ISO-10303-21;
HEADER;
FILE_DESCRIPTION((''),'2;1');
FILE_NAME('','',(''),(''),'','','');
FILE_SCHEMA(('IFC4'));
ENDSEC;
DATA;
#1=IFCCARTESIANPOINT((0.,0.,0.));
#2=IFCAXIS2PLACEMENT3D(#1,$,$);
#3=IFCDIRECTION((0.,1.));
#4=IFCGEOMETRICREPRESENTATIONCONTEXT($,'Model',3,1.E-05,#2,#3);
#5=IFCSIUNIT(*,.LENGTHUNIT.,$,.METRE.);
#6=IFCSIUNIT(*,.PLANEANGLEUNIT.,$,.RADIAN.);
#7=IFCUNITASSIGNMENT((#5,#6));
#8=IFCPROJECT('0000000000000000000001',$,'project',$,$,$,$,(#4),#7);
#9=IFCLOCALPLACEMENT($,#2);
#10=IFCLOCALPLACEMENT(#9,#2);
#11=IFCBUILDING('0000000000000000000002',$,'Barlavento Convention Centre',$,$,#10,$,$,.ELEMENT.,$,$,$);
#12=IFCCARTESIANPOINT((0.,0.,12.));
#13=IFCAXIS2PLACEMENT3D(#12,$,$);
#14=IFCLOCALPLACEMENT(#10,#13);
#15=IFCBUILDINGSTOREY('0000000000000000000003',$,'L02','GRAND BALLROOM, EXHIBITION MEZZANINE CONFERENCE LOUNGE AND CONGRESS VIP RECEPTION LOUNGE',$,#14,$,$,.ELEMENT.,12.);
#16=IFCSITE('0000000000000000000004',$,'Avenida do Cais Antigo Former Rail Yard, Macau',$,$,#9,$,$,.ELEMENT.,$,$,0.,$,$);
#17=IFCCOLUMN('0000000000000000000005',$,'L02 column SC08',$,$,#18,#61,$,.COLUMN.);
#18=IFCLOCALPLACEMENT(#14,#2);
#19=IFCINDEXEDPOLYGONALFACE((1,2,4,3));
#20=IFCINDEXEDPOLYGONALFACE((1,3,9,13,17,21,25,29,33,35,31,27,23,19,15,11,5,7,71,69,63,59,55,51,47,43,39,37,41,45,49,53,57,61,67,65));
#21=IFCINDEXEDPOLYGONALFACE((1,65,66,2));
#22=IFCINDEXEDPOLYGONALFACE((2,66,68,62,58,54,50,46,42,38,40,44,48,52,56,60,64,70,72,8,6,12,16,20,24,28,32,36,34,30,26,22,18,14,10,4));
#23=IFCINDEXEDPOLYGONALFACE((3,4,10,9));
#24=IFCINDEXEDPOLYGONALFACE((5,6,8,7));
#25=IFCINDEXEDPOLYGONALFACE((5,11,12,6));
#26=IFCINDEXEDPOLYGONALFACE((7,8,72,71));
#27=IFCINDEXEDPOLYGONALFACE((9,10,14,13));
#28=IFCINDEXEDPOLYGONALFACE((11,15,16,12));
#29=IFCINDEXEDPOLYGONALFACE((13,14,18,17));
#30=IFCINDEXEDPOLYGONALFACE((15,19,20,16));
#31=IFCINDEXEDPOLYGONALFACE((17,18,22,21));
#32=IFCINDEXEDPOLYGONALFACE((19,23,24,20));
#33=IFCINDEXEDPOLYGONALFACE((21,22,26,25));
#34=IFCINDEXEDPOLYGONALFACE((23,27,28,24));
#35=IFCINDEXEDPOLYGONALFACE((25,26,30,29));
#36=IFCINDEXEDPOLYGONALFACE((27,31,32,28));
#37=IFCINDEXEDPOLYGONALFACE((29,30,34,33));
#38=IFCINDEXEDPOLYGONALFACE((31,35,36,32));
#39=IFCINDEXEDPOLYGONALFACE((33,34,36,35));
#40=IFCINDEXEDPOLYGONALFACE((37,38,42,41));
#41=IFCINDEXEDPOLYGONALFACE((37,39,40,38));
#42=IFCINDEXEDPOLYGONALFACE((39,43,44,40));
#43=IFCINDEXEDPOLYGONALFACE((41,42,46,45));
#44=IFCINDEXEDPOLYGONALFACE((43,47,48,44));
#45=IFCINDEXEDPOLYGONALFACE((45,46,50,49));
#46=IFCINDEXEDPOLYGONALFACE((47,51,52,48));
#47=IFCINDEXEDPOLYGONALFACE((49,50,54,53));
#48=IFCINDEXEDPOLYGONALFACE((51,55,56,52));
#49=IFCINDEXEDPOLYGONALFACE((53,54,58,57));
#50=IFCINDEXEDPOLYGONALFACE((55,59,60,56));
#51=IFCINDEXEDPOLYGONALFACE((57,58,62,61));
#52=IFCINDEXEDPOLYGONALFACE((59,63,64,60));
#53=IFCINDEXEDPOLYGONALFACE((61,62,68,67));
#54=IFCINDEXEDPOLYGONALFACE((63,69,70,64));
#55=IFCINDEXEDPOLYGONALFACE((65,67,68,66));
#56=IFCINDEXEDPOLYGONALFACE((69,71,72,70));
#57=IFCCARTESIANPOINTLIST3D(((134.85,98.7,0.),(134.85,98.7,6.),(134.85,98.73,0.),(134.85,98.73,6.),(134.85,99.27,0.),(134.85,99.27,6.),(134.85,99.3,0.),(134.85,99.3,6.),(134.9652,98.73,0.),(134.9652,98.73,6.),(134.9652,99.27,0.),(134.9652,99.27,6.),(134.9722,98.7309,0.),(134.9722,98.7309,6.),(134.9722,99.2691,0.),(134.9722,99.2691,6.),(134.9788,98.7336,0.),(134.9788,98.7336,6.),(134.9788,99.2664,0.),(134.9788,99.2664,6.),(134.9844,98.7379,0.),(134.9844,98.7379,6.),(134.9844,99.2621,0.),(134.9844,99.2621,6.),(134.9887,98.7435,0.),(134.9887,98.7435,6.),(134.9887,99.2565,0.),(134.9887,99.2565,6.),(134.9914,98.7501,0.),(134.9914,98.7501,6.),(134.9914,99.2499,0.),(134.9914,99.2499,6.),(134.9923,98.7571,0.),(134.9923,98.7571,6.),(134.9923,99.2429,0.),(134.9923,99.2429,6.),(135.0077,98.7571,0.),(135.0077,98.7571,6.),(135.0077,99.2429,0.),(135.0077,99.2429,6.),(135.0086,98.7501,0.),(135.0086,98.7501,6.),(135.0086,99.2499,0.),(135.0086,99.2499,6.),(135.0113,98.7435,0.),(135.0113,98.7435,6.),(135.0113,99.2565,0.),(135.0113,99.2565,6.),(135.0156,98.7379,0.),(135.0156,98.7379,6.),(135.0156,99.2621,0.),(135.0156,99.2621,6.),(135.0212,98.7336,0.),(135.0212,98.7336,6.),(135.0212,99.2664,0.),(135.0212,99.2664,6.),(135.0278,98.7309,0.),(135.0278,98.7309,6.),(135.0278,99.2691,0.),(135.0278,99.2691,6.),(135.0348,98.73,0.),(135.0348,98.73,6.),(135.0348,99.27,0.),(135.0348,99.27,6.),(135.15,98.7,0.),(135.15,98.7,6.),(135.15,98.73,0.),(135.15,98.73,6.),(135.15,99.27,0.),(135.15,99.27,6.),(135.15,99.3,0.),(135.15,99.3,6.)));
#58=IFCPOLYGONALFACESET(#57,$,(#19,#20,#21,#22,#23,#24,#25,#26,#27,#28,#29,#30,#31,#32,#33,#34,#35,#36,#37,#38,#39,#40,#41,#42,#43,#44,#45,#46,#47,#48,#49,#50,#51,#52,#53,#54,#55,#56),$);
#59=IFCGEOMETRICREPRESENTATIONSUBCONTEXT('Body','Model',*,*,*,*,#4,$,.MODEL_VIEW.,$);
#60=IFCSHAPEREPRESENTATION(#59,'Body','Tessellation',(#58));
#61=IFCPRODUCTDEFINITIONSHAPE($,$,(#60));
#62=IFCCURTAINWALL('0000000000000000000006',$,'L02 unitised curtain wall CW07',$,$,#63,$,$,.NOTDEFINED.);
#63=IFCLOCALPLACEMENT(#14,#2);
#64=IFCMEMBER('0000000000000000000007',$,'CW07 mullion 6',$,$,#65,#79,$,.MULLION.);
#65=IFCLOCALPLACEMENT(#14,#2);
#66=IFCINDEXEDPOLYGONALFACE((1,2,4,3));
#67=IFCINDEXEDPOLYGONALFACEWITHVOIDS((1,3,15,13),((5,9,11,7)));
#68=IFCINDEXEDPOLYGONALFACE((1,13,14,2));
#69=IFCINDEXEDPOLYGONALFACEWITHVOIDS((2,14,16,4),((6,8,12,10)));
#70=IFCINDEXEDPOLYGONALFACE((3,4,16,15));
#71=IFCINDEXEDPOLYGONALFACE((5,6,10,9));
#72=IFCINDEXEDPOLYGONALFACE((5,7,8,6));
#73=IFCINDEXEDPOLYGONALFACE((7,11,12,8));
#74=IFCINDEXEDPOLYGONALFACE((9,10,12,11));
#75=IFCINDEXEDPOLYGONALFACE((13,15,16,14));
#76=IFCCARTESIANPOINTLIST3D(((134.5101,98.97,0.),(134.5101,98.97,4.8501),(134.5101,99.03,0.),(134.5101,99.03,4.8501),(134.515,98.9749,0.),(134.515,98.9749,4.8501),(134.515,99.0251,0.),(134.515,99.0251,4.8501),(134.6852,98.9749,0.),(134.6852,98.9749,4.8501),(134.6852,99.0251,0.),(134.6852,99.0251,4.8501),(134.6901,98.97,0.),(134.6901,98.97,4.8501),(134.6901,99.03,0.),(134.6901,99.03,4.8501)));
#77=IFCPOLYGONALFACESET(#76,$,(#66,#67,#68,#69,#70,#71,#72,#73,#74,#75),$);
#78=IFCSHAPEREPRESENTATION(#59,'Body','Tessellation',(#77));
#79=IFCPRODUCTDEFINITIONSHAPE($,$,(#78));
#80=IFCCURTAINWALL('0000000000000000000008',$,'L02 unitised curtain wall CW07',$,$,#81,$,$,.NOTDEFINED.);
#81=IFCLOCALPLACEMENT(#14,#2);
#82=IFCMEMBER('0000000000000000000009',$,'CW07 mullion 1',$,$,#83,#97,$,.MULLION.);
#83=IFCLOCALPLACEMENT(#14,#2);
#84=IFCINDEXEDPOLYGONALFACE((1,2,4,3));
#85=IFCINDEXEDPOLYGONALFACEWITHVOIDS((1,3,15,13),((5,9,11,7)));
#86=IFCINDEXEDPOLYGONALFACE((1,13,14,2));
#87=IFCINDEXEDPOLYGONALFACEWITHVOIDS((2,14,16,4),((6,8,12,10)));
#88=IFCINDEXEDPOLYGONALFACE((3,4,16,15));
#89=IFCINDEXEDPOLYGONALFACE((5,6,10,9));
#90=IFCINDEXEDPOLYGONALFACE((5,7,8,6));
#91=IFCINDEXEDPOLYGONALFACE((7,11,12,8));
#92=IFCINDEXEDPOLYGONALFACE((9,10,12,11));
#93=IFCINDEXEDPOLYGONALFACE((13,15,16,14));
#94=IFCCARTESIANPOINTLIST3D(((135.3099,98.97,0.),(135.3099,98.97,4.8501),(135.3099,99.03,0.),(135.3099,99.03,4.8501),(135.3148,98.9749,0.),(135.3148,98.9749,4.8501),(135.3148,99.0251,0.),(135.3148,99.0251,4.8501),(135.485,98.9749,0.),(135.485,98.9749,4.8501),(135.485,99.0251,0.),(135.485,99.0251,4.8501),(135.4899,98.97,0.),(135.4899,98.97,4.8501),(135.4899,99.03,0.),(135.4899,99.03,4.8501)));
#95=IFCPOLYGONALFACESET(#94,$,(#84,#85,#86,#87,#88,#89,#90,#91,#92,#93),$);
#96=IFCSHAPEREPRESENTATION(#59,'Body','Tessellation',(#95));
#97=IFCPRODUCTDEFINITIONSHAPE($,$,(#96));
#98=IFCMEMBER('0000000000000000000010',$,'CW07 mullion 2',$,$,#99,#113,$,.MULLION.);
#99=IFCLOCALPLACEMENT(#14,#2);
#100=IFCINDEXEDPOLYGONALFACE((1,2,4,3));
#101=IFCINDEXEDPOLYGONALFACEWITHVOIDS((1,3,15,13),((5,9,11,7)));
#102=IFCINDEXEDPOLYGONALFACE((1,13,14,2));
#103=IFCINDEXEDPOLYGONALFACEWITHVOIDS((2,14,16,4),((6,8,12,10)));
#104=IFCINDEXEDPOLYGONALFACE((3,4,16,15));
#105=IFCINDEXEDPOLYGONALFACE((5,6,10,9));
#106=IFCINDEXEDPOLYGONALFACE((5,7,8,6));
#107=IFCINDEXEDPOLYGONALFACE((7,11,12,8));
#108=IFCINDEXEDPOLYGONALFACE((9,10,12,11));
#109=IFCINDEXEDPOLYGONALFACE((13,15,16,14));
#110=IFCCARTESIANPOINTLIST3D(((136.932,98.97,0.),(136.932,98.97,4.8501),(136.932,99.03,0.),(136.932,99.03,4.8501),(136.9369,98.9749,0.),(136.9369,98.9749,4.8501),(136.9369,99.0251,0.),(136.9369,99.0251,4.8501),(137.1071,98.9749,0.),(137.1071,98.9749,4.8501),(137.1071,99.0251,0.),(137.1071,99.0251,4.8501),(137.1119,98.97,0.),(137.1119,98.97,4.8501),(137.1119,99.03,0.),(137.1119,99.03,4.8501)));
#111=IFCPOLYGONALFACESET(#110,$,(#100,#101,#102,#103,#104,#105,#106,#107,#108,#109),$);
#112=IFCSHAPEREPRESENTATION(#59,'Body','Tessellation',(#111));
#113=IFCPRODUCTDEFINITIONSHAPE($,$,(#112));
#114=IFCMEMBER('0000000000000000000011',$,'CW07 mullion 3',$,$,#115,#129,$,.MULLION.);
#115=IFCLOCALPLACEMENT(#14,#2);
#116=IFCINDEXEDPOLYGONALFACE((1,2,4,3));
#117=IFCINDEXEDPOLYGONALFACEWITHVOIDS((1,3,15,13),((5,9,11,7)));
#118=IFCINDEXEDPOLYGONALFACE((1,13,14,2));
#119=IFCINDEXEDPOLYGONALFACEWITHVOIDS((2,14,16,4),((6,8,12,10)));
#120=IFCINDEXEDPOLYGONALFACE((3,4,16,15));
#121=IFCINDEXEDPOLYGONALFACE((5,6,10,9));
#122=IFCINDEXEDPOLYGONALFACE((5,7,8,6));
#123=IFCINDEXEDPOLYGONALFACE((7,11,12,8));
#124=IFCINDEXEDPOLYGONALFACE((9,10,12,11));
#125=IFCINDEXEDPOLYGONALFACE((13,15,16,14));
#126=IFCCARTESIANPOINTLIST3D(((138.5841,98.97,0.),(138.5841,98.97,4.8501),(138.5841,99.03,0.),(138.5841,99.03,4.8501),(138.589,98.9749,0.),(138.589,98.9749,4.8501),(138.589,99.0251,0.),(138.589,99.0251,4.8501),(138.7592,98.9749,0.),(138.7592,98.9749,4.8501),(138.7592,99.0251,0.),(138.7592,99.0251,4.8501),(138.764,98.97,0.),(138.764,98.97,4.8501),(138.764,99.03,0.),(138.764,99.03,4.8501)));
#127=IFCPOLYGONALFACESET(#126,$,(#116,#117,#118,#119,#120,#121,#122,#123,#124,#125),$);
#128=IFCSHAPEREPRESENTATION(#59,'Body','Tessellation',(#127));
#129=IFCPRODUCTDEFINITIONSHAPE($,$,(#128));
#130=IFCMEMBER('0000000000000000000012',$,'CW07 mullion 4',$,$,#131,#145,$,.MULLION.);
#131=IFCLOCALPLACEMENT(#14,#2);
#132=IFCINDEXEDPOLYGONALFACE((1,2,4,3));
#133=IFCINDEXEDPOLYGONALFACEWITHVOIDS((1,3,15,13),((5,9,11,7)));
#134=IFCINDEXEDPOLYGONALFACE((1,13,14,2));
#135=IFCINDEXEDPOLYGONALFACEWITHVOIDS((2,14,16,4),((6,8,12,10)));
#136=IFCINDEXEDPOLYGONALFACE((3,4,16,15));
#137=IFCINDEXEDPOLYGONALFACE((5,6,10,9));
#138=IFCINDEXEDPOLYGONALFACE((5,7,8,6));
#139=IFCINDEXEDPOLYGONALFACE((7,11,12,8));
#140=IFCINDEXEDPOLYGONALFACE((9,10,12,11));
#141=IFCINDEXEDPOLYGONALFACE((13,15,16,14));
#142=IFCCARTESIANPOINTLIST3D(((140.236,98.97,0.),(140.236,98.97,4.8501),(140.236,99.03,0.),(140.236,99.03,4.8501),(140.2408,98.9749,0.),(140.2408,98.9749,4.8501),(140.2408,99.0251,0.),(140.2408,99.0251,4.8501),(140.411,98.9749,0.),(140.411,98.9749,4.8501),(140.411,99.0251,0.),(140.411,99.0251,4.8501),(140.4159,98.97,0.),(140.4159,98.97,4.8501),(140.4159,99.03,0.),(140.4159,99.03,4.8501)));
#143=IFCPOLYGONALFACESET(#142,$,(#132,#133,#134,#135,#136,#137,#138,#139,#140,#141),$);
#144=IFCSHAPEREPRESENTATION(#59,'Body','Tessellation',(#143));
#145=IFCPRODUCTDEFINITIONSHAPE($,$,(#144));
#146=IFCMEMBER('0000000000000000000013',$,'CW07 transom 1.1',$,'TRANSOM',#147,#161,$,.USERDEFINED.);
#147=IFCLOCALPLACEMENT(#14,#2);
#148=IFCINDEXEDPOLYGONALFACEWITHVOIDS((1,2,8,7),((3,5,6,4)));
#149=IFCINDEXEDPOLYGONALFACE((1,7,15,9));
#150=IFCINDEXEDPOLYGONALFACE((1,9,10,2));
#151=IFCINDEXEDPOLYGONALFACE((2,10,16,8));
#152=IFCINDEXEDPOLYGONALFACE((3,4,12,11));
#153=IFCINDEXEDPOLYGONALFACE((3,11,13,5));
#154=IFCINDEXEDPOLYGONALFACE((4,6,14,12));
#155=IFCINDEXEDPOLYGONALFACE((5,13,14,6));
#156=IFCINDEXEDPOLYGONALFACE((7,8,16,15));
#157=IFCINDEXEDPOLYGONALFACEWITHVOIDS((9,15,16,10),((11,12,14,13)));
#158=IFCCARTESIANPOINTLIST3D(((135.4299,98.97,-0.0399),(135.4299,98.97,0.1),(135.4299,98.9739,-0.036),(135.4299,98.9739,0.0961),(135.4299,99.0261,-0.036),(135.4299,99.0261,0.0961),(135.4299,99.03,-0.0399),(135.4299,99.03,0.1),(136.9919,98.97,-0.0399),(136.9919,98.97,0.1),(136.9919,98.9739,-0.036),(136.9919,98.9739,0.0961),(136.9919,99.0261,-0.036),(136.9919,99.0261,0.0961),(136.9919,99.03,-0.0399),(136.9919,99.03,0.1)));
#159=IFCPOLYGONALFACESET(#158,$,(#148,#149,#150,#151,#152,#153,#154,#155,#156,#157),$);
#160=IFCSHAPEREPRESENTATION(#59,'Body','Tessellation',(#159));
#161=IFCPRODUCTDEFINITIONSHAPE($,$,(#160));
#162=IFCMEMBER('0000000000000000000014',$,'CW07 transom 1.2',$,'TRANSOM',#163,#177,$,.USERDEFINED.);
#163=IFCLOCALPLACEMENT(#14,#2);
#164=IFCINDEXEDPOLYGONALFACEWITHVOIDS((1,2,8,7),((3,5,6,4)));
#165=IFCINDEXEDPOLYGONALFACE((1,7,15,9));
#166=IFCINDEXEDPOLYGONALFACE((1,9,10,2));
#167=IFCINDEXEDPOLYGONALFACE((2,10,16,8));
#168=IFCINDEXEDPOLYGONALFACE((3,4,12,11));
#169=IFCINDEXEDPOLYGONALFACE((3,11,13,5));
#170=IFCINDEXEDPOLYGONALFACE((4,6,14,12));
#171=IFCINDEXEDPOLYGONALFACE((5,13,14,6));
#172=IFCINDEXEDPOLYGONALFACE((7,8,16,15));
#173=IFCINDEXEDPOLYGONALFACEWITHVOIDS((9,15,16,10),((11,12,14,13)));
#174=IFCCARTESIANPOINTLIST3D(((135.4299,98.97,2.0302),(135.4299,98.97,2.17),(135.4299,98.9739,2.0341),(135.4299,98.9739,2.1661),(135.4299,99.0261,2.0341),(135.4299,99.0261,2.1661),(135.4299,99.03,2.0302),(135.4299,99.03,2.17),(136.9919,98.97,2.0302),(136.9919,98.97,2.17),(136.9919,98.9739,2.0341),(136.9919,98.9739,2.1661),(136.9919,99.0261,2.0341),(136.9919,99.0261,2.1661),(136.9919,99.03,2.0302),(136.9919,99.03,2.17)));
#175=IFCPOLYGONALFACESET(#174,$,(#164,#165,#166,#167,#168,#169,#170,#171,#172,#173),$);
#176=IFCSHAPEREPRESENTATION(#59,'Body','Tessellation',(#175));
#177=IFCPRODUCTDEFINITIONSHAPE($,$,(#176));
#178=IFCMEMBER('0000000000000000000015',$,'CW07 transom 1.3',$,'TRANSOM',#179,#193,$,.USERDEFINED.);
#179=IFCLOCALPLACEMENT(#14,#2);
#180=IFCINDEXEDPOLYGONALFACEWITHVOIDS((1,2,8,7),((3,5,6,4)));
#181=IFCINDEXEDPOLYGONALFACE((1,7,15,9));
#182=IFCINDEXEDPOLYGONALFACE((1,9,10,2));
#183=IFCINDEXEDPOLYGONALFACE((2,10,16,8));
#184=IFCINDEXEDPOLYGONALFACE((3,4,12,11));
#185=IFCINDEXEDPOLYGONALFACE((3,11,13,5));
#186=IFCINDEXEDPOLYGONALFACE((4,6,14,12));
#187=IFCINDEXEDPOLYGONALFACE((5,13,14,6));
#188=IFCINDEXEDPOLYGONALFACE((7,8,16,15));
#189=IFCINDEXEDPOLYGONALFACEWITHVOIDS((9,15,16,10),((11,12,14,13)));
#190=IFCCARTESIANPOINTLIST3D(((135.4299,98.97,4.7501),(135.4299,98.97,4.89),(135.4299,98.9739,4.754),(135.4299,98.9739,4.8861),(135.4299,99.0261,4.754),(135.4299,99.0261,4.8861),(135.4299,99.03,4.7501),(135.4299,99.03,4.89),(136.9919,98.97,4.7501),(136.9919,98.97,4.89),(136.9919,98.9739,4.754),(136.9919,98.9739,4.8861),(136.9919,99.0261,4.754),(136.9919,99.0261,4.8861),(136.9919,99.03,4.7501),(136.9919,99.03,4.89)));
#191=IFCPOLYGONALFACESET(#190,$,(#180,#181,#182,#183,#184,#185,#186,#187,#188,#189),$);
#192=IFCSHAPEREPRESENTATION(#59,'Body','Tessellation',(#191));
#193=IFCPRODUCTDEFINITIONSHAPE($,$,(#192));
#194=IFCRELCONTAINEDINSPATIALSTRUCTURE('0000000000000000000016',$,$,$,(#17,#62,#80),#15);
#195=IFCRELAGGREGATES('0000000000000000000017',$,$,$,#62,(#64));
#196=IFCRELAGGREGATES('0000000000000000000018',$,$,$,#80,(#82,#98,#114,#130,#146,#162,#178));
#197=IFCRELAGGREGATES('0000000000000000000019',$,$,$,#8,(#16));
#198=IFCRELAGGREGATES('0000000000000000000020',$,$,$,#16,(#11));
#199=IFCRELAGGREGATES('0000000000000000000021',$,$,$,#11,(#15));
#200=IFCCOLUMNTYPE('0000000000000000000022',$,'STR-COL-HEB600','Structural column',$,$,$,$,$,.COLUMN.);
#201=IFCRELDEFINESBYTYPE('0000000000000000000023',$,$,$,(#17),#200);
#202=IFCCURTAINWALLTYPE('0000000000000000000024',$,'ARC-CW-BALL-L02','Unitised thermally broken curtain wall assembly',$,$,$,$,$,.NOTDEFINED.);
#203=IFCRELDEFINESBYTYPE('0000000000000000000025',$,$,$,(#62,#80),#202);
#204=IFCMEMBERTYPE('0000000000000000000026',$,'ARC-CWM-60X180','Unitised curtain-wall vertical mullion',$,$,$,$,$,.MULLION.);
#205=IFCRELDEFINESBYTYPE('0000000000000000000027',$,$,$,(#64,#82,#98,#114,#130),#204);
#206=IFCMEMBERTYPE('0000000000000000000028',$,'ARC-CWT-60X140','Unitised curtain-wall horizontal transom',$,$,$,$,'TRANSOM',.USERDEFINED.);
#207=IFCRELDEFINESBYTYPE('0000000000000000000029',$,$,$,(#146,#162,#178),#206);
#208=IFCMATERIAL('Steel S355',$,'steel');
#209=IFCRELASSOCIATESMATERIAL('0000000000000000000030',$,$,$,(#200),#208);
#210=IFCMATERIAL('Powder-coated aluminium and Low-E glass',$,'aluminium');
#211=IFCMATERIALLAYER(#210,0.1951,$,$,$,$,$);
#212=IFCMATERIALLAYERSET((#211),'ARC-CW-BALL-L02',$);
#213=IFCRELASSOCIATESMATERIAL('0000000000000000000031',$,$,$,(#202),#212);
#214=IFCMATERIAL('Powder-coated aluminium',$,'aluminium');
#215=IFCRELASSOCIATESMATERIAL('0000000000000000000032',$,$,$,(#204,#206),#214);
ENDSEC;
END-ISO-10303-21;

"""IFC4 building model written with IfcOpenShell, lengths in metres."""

from ifc_helpers import new_model, si_unit, direction, frame, origin, origin_2d, place, context, subcontext, project, spatial, hollow_rectangle, i_section, extrude, material, layer, layer_set, material_profile, profile_set, type_object, element, aggregate, save


model = new_model("IFC4")

# Units and contexts
model_context = context("Model", 3, precision=1e-05, world=origin(), true_north=direction((0.0, 1.0)))
body_context = subcontext(model_context, "Body", "Model", "MODEL_VIEW")
ifc_project = project(units=[si_unit("LENGTHUNIT", "METRE"), si_unit("PLANEANGLEUNIT", "RADIAN")], contexts=[model_context])

# Site, building, storey
site_placement = place(None, origin())
site = spatial("IfcSite", under=ifc_project, at=site_placement, Name="Avenida do Cais Antigo Former Rail Yard, Macau", CompositionType="ELEMENT", RefElevation=0.0)
building_placement = place(site_placement, origin())
building = spatial("IfcBuilding", under=site, at=building_placement, Name="Barlavento Convention Centre", CompositionType="ELEMENT")
storey_placement = place(building_placement, frame((0.0, 0.0, 12.0)))
storey = spatial("IfcBuildingStorey", under=building, at=storey_placement, Name="L02", Description="GRAND BALLROOM, EXHIBITION MEZZANINE CONFERENCE LOUNGE AND CONGRESS VIP RECEPTION LOUNGE", CompositionType="ELEMENT", Elevation=12.0)

# Column
ifc_material_1 = material(Name="Steel S355", Category="steel")
ifc_material_profile_1 = material_profile(ifc_material_1, i_section(OverallWidth=0.3, OverallDepth=0.6001, WebThickness=0.0154, FlangeThickness=0.03, FilletRadius=0.0271, at=origin_2d()), Name="HEB 600")
ifc_profile_set_1 = profile_set([ifc_material_profile_1], Name="Steel S355")
column_type = type_object("IfcColumnType", Name="STR-COL-HEB600", Description="Structural column", PredefinedType="COLUMN", material=ifc_profile_set_1)
column_placement = place(storey_placement, frame((135.0, 99.0, 0.0), z_axis=(0.0, 0.0, 1.0), x_axis=(1.0, 0.0, 0.0)))
element("IfcColumn", 1, at=column_placement, inside=storey, type_object=column_type, Name="L02 column SC08", PredefinedType="COLUMN", context=body_context, shape_type="SweptSolid", body=[
    extrude(i_section(OverallWidth=0.3, OverallDepth=0.6001, WebThickness=0.0154, FlangeThickness=0.03, FilletRadius=0.0271, at=origin_2d()), origin(), (0.0, 0.0, 1.0), 6.0),
])

# Curtain wall, member
ifc_material_2 = material(Name="Powder-coated aluminium and Low-E glass", Category="aluminium")
ifc_layer_1 = layer(ifc_material_2, 0.1951)
ifc_layer_set_1 = layer_set([ifc_layer_1], Name="ARC-CW-BALL-L02")
curtain_wall_type = type_object("IfcCurtainWallType", Name="ARC-CW-BALL-L02", Description="Unitised thermally broken curtain wall assembly", PredefinedType="NOTDEFINED", material=ifc_layer_set_1)
curtain_wall_1_placement = place(storey_placement, origin())
curtain_wall_1 = element("IfcCurtainWall", 2, at=curtain_wall_1_placement, inside=storey, type_object=curtain_wall_type, Name="L02 unitised curtain wall CW07", PredefinedType="NOTDEFINED")
ifc_material_3 = material(Name="Powder-coated aluminium", Category="aluminium")
ifc_material_profile_2 = material_profile(ifc_material_3, hollow_rectangle(XDim=0.0601, YDim=0.1799, WallThickness=0.0049, at=origin_2d()), Name="AL-MULL 60x180x5")
ifc_profile_set_2 = profile_set([ifc_material_profile_2], Name="Powder-coated aluminium")
member_type_1 = type_object("IfcMemberType", Name="ARC-CWM-60X180", Description="Unitised curtain-wall vertical mullion", PredefinedType="MULLION", material=ifc_profile_set_2)
member_1_placement = place(storey_placement, frame((134.6001, 99.0, 0.0), z_axis=(0.0, 0.0, 1.0), x_axis=(0.0, 1.0, 0.0)))
member_1 = element("IfcMember", 3, at=member_1_placement, type_object=member_type_1, Name="CW07 mullion 6", PredefinedType="MULLION", context=body_context, shape_type="SweptSolid", body=[
    extrude(hollow_rectangle(XDim=0.0601, YDim=0.1799, WallThickness=0.0049, at=origin_2d()), origin(), (0.0, 0.0, 1.0), 4.8501),
])

# Curtain wall, members
curtain_wall_2_placement = place(storey_placement, origin())
curtain_wall_2 = element("IfcCurtainWall", 4, at=curtain_wall_2_placement, inside=storey, type_object=curtain_wall_type, Name="L02 unitised curtain wall CW07", PredefinedType="NOTDEFINED")
member_2_placement = place(storey_placement, frame((135.3999, 99.0, 0.0), z_axis=(0.0, 0.0, 1.0), x_axis=(0.0, 1.0, 0.0)))
member_2 = element("IfcMember", 5, at=member_2_placement, type_object=member_type_1, Name="CW07 mullion 1", PredefinedType="MULLION", context=body_context, shape_type="SweptSolid", body=[
    extrude(hollow_rectangle(XDim=0.0601, YDim=0.1799, WallThickness=0.0049, at=origin_2d()), origin(), (0.0, 0.0, 1.0), 4.8501),
])
member_3_placement = place(storey_placement, frame((137.022, 99.0, 0.0), z_axis=(0.0, 0.0, 1.0), x_axis=(0.0, 1.0, 0.0)))
member_3 = element("IfcMember", 6, at=member_3_placement, type_object=member_type_1, Name="CW07 mullion 2", PredefinedType="MULLION", context=body_context, shape_type="SweptSolid", body=[
    extrude(hollow_rectangle(XDim=0.0601, YDim=0.1799, WallThickness=0.0049, at=origin_2d()), origin(), (0.0, 0.0, 1.0), 4.8501),
])
member_4_placement = place(storey_placement, frame((138.6741, 99.0, 0.0), z_axis=(0.0, 0.0, 1.0), x_axis=(0.0, 1.0, 0.0)))
member_4 = element("IfcMember", 7, at=member_4_placement, type_object=member_type_1, Name="CW07 mullion 3", PredefinedType="MULLION", context=body_context, shape_type="SweptSolid", body=[
    extrude(hollow_rectangle(XDim=0.0601, YDim=0.1799, WallThickness=0.0049, at=origin_2d()), origin(), (0.0, 0.0, 1.0), 4.8501),
])
member_5_placement = place(storey_placement, frame((140.3259, 99.0, 0.0), z_axis=(0.0, 0.0, 1.0), x_axis=(0.0, 1.0, 0.0)))
member_5 = element("IfcMember", 8, at=member_5_placement, type_object=member_type_1, Name="CW07 mullion 4", PredefinedType="MULLION", context=body_context, shape_type="SweptSolid", body=[
    extrude(hollow_rectangle(XDim=0.0601, YDim=0.1799, WallThickness=0.0049, at=origin_2d()), origin(), (0.0, 0.0, 1.0), 4.8501),
])
ifc_material_profile_3 = material_profile(ifc_material_3, hollow_rectangle(XDim=0.0601, YDim=0.1399, WallThickness=0.0039, at=origin_2d()), Name="AL-TRAN 60x140x4")
ifc_profile_set_3 = profile_set([ifc_material_profile_3], Name="Powder-coated aluminium")
member_type_2 = type_object("IfcMemberType", Name="ARC-CWT-60X140", Description="Unitised curtain-wall horizontal transom", ElementType="TRANSOM", PredefinedType="USERDEFINED", material=ifc_profile_set_3)
member_6_placement = place(storey_placement, frame((135.4299, 99.0, 0.03), z_axis=(1.0, 0.0, 0.0), x_axis=(0.0, 1.0, 0.0)))
member_6 = element("IfcMember", 9, at=member_6_placement, type_object=member_type_2, Name="CW07 transom 1.1", ObjectType="TRANSOM", PredefinedType="USERDEFINED", context=body_context, shape_type="SweptSolid", body=[
    extrude(hollow_rectangle(XDim=0.0601, YDim=0.1399, WallThickness=0.0039, at=origin_2d()), origin(), (0.0, 0.0, 1.0), 1.562),
])
member_7_placement = place(storey_placement, frame((135.4299, 99.0, 2.1001), z_axis=(1.0, 0.0, 0.0), x_axis=(0.0, 1.0, 0.0)))
member_7 = element("IfcMember", 10, at=member_7_placement, type_object=member_type_2, Name="CW07 transom 1.2", ObjectType="TRANSOM", PredefinedType="USERDEFINED", context=body_context, shape_type="SweptSolid", body=[
    extrude(hollow_rectangle(XDim=0.0601, YDim=0.1399, WallThickness=0.0039, at=origin_2d()), origin(), (0.0, 0.0, 1.0), 1.562),
])
member_8_placement = place(storey_placement, frame((135.4299, 99.0, 4.8201), z_axis=(1.0, 0.0, 0.0), x_axis=(0.0, 1.0, 0.0)))
member_8 = element("IfcMember", 11, at=member_8_placement, type_object=member_type_2, Name="CW07 transom 1.3", ObjectType="TRANSOM", PredefinedType="USERDEFINED", context=body_context, shape_type="SweptSolid", body=[
    extrude(hollow_rectangle(XDim=0.0601, YDim=0.1399, WallThickness=0.0039, at=origin_2d()), origin(), (0.0, 0.0, 1.0), 1.562),
])

aggregate(curtain_wall_1, [member_1])
aggregate(curtain_wall_2, [member_2, member_3, member_4, member_5, member_6, member_7, member_8])

save(model, "model.ifc")
